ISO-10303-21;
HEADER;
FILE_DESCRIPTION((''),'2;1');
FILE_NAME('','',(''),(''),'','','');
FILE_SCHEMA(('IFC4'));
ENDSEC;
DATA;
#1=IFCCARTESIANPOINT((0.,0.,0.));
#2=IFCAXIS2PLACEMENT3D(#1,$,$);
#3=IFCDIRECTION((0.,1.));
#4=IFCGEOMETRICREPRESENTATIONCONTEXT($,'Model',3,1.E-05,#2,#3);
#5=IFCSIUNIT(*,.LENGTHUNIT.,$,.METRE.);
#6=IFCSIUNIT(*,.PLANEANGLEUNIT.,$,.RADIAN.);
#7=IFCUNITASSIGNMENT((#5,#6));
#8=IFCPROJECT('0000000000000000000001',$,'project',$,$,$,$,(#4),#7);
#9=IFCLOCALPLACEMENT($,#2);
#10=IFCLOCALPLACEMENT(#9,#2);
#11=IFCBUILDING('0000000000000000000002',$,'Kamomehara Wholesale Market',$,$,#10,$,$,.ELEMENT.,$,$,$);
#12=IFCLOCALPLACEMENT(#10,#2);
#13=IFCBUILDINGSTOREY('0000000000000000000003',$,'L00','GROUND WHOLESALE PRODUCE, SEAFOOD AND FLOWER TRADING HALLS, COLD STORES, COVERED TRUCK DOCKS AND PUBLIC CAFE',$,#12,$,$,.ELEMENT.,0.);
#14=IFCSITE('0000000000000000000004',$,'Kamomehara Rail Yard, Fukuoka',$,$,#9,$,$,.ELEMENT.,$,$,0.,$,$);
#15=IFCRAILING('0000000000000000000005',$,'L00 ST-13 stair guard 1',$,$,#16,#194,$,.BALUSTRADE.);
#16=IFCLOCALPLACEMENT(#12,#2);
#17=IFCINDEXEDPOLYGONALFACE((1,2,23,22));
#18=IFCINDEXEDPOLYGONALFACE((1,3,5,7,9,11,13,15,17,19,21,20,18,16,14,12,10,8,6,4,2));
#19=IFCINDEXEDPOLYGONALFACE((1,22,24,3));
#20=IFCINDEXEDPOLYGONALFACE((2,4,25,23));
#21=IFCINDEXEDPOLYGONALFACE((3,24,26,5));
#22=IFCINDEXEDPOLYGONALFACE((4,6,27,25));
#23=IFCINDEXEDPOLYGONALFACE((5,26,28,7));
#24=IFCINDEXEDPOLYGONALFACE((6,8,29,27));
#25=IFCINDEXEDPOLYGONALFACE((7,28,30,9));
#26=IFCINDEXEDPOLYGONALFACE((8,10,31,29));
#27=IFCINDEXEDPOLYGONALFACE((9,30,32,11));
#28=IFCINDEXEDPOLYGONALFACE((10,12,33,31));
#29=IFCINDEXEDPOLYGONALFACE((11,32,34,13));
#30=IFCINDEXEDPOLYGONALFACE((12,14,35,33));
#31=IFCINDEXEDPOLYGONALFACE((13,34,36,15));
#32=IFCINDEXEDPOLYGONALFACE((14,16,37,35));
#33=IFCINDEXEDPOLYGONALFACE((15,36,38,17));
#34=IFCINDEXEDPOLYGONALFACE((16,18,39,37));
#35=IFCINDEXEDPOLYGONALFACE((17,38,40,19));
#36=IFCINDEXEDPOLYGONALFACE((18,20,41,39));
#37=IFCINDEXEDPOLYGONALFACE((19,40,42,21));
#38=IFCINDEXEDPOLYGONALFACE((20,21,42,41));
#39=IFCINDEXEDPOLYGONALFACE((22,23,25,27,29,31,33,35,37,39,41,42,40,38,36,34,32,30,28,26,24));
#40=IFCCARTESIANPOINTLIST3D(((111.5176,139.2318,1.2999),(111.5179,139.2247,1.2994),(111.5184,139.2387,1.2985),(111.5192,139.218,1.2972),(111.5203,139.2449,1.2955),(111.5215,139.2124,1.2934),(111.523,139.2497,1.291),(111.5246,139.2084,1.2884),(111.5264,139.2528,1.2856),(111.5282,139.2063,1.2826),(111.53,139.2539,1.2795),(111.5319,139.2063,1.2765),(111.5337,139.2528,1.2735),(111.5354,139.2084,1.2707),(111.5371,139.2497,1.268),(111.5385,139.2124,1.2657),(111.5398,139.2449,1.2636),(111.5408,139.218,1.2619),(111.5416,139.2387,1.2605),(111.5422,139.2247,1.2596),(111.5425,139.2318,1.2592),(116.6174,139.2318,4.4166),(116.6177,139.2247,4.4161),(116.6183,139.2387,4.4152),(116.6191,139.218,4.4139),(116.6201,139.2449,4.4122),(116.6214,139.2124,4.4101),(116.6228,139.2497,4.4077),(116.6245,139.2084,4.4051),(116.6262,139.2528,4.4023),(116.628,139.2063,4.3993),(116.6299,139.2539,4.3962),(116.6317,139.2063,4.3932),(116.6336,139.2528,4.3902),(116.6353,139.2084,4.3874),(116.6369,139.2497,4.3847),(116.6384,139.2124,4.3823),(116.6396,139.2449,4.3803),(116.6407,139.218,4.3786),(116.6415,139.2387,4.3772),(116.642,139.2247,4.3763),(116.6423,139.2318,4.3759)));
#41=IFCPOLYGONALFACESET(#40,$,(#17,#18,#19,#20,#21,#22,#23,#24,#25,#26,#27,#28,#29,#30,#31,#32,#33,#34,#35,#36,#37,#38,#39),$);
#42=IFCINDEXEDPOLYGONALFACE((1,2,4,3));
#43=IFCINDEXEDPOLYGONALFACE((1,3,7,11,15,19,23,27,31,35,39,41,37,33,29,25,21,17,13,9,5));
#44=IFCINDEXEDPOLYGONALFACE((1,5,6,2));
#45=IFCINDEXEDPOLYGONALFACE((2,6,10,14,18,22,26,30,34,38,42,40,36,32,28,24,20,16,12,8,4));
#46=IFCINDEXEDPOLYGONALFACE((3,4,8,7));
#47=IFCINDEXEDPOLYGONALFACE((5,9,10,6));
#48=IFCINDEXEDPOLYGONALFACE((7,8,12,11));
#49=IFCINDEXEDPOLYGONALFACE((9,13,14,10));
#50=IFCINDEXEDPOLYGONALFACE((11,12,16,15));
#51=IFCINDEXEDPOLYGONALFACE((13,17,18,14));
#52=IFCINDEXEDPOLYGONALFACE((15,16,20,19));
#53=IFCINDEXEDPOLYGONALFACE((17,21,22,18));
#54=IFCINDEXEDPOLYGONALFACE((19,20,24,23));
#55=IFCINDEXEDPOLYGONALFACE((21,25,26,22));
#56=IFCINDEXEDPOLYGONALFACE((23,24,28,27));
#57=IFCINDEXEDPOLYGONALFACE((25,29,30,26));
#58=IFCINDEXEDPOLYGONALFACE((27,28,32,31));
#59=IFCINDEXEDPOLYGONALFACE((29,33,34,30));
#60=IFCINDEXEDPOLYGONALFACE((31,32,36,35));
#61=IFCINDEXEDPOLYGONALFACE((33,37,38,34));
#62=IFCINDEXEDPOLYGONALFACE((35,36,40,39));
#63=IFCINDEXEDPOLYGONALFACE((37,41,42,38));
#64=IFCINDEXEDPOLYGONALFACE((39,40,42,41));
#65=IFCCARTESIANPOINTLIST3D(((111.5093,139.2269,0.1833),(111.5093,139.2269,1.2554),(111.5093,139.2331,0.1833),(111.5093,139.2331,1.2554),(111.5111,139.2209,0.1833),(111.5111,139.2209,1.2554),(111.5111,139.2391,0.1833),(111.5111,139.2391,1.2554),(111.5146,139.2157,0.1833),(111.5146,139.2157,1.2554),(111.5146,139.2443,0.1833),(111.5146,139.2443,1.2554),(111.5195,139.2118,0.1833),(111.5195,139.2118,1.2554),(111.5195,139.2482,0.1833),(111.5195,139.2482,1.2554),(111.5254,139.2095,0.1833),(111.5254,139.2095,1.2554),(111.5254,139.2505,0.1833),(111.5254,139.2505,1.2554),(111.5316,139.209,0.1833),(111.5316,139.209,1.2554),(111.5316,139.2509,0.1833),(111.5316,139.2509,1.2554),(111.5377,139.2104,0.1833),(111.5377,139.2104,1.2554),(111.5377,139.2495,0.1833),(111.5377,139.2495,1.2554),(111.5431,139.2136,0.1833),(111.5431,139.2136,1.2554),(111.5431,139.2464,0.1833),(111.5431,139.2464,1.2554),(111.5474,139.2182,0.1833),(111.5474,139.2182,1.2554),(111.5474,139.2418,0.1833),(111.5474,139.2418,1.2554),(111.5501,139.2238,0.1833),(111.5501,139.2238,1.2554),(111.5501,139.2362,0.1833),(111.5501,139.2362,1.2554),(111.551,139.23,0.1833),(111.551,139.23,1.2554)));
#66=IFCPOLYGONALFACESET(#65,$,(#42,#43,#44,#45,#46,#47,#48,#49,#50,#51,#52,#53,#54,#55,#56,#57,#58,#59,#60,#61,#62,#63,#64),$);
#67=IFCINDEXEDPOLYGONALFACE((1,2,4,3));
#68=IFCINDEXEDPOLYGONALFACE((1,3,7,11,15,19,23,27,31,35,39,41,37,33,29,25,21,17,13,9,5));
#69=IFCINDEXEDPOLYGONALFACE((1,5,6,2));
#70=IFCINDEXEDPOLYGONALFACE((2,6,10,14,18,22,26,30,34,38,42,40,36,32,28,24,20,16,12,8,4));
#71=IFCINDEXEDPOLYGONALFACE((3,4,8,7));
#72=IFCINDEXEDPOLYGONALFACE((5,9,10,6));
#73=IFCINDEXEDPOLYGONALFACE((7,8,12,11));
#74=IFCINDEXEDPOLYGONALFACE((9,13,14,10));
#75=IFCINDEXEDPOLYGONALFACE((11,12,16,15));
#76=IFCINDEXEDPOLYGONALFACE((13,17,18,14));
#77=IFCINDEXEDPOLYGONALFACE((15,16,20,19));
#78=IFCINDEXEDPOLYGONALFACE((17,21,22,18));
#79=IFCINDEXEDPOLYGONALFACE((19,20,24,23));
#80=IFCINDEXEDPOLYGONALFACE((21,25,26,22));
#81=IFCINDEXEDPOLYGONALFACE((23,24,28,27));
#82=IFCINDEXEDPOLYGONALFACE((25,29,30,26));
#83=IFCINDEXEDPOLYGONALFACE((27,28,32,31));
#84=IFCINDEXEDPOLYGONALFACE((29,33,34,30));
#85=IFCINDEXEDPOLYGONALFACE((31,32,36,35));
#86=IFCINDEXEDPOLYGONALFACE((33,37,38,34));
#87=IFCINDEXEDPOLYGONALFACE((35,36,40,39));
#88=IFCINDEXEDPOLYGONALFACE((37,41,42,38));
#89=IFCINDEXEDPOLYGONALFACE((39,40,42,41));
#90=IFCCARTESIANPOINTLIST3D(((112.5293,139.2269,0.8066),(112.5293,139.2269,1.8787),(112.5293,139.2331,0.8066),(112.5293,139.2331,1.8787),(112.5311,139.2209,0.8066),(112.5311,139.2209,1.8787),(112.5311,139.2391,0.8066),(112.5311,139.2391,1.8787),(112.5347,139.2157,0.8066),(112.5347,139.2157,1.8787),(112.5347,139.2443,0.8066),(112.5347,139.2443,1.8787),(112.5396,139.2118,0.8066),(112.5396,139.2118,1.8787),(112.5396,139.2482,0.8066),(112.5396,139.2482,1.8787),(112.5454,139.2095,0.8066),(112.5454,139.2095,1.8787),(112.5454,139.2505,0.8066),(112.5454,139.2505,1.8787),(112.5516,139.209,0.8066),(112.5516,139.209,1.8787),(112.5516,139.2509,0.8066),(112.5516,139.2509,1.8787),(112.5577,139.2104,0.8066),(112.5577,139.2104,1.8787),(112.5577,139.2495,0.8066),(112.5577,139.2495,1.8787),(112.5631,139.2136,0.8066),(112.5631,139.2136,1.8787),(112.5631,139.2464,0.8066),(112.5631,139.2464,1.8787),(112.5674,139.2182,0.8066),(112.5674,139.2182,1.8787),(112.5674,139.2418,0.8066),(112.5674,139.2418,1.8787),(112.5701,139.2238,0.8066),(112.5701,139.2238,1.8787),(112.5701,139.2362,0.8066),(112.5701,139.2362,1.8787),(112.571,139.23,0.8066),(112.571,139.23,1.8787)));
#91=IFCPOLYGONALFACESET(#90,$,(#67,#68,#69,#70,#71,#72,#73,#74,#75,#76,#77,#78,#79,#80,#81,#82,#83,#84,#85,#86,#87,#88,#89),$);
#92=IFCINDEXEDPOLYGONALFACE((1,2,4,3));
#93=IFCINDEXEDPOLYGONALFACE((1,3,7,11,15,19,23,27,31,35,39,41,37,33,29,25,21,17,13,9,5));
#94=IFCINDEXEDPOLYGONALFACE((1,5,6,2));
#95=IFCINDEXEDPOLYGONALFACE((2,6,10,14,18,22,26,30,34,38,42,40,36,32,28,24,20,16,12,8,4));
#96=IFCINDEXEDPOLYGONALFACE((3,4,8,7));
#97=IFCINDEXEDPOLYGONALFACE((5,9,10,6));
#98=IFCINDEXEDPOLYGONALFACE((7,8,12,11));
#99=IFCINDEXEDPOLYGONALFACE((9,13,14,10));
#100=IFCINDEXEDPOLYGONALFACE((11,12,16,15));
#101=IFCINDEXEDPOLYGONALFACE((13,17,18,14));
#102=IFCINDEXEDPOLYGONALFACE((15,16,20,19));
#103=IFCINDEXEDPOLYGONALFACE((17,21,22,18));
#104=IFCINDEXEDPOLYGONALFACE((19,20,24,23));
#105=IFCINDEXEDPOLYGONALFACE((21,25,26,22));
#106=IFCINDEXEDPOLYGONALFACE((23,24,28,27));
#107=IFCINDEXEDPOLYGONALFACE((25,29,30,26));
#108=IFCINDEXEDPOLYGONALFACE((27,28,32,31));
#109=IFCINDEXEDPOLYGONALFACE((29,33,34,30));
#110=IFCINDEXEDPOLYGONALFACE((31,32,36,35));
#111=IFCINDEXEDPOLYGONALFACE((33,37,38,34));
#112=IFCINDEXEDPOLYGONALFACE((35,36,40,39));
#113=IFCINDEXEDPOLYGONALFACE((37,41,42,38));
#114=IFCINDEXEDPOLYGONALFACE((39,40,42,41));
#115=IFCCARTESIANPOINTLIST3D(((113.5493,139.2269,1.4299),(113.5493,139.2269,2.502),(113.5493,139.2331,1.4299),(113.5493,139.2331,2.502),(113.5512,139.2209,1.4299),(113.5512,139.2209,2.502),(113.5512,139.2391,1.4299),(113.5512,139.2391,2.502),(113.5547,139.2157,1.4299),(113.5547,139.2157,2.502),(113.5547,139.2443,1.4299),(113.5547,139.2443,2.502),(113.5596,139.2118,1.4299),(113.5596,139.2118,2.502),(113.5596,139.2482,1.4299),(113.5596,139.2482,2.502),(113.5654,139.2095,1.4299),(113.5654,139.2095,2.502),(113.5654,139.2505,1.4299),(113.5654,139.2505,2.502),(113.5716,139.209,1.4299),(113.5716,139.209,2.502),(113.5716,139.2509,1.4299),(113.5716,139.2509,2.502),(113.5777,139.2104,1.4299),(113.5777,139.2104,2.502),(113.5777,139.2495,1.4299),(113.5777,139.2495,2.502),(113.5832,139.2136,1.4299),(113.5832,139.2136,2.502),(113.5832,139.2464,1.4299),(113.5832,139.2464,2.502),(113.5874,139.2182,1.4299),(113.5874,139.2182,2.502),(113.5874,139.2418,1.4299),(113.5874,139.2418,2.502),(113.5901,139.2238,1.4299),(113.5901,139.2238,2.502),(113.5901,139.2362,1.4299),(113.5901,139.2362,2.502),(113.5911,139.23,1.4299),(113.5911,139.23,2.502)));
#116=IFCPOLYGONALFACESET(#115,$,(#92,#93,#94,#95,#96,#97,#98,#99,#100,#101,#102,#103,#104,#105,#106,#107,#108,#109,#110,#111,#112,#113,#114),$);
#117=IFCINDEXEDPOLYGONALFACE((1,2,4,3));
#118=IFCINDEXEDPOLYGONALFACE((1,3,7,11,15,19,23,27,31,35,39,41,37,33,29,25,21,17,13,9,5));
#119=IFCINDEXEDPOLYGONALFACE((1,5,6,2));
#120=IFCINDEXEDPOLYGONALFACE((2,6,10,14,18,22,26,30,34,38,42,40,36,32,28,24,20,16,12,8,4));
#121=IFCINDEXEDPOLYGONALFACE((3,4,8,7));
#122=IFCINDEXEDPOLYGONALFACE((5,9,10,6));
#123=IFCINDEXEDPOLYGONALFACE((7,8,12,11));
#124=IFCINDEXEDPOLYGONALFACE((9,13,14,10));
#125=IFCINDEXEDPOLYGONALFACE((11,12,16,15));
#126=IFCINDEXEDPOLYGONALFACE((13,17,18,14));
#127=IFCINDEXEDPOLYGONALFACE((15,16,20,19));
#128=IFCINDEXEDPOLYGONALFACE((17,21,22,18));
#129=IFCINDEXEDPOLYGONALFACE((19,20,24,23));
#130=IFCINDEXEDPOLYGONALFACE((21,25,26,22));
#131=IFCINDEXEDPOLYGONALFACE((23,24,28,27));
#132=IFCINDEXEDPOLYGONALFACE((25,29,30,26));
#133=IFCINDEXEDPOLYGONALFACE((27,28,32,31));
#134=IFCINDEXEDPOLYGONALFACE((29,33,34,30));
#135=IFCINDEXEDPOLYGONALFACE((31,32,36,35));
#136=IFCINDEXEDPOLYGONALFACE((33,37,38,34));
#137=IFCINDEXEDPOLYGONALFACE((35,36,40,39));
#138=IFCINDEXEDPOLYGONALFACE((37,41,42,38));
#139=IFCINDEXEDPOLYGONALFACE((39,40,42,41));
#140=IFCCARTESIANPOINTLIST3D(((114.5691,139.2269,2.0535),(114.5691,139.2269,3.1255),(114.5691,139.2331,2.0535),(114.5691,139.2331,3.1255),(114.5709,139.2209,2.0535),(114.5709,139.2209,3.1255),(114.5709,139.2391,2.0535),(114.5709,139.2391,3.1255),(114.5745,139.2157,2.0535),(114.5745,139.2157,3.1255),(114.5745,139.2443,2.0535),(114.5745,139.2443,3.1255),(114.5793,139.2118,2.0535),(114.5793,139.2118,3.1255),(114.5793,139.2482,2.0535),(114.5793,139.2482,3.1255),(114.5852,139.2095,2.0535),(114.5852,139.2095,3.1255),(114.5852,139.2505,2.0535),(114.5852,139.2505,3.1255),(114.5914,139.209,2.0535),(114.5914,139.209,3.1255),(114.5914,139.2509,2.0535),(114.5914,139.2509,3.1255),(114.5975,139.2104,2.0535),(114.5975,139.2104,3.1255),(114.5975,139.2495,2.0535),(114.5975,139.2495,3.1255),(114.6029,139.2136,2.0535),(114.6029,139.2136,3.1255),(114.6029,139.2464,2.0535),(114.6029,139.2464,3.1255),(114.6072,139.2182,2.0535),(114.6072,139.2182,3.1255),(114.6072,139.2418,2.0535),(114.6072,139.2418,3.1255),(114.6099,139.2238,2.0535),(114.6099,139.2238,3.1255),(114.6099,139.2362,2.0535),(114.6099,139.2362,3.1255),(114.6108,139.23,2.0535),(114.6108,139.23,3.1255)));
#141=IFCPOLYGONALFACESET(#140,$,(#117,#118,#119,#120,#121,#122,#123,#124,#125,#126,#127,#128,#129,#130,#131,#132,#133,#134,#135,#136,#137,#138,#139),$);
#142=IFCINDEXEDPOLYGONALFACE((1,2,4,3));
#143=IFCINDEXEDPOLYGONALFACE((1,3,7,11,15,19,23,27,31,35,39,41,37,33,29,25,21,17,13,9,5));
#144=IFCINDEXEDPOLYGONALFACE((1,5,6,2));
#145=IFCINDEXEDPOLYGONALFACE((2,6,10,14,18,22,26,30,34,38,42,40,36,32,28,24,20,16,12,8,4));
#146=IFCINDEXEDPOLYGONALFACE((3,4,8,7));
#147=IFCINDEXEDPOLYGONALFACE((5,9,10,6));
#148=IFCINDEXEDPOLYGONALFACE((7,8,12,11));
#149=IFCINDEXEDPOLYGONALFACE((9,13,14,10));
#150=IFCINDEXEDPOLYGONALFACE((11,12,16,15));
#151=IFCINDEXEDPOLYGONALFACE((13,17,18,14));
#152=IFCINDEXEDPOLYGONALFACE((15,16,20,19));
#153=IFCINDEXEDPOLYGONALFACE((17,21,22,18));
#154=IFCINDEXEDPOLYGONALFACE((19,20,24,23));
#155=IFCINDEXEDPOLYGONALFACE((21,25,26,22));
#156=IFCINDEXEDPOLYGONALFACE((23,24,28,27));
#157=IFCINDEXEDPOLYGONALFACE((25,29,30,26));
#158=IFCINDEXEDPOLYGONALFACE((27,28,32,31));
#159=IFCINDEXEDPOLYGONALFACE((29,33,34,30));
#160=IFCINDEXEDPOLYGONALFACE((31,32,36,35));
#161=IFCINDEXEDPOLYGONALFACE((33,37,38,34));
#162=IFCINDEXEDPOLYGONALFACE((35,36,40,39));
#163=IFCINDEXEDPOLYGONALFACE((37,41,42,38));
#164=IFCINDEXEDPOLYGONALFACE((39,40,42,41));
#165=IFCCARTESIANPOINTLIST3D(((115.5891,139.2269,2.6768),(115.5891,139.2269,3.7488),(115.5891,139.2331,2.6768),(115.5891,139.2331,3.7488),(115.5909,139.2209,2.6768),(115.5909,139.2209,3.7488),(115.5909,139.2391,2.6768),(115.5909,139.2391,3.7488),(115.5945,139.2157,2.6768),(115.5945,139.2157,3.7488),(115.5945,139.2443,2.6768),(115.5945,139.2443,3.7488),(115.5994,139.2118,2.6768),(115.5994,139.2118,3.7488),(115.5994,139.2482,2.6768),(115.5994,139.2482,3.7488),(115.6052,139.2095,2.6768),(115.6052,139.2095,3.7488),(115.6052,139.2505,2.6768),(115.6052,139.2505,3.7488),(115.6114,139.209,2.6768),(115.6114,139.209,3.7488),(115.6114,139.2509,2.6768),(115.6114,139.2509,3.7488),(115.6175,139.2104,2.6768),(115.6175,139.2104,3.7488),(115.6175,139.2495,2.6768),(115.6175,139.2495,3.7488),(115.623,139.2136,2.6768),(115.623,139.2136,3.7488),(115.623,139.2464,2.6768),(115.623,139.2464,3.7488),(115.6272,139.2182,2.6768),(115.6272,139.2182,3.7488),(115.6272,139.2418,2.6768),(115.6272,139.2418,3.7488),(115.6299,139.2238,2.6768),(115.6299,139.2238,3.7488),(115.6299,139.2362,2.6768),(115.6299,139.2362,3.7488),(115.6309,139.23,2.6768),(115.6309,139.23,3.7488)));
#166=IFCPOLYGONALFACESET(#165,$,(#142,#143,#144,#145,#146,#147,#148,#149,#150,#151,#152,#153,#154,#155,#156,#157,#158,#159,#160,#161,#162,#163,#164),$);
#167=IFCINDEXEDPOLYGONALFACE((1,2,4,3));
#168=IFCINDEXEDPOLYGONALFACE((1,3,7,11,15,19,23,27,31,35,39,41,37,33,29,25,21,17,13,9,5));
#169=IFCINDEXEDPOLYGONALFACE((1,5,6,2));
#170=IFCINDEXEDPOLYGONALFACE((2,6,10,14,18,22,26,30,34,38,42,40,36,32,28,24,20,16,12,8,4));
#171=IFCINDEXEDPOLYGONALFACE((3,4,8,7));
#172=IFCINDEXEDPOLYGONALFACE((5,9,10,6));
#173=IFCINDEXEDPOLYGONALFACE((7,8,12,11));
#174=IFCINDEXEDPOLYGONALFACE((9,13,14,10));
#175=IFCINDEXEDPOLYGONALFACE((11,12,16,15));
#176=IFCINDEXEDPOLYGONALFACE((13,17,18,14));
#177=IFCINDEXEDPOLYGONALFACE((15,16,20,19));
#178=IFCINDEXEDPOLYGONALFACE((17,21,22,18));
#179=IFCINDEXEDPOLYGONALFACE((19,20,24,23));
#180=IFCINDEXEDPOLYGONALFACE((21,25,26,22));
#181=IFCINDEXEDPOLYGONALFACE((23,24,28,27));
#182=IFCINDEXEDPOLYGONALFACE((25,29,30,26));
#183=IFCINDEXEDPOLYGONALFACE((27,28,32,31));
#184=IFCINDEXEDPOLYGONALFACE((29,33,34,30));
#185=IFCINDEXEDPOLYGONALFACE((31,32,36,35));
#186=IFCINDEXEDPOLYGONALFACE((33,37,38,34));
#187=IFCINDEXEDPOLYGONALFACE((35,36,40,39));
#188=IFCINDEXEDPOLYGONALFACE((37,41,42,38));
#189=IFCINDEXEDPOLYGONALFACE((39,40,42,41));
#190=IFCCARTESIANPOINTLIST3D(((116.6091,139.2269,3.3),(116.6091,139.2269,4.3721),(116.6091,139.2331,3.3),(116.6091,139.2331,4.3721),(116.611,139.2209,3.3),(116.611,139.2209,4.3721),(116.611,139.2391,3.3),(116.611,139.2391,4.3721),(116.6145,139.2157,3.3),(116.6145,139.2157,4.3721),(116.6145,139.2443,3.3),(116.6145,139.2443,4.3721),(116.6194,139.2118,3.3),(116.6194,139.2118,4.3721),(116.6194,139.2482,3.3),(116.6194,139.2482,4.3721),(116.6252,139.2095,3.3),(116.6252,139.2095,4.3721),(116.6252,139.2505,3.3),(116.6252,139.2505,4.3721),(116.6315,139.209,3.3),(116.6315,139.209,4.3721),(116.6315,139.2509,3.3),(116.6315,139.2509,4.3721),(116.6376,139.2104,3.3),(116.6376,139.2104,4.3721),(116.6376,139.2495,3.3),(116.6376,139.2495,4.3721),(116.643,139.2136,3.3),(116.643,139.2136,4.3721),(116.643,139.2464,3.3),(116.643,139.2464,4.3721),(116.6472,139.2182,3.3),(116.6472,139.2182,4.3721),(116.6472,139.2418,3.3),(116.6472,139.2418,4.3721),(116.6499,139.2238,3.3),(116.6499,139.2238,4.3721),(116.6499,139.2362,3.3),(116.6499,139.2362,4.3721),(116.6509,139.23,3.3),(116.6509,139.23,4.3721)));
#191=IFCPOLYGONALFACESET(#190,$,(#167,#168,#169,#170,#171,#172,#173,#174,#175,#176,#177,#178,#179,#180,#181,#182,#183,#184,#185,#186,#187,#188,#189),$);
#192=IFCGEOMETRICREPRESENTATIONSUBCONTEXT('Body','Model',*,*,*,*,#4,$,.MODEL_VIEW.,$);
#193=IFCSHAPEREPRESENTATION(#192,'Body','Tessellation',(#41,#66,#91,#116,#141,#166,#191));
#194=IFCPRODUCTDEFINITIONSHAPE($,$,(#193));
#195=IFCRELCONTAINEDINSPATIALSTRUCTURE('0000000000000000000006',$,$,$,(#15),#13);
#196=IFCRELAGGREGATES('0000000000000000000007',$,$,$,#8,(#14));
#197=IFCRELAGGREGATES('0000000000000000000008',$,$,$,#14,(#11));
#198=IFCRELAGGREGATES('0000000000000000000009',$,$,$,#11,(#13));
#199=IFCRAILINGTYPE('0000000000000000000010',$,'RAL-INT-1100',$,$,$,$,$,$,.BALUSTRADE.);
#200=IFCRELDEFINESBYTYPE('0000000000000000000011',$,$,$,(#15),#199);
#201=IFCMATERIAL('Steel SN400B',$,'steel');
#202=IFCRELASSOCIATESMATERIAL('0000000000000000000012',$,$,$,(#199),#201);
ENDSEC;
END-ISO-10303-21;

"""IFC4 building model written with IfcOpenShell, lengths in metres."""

from ifc_helpers import new_model, si_unit, direction, frame, origin, origin_2d, place, context, subcontext, project, spatial, circle, extrude, material, type_object, element, save


model = new_model("IFC4")

# Units and contexts
model_context = context("Model", 3, precision=1e-05, world=origin(), true_north=direction((0.0, 1.0)))
body_context = subcontext(model_context, "Body", "Model", "MODEL_VIEW")
ifc_project = project(units=[si_unit("LENGTHUNIT", "METRE"), si_unit("PLANEANGLEUNIT", "RADIAN")], contexts=[model_context])

# Site, building, storey
site_placement = place(None, origin())
site = spatial("IfcSite", under=ifc_project, at=site_placement, Name="Kamomehara Rail Yard, Fukuoka", CompositionType="ELEMENT", RefElevation=0.0)
building_placement = place(site_placement, origin())
building = spatial("IfcBuilding", under=site, at=building_placement, Name="Kamomehara Wholesale Market", CompositionType="ELEMENT")
storey_placement = place(building_placement, origin())
storey = spatial("IfcBuildingStorey", under=building, at=storey_placement, Name="L00", Description="GROUND WHOLESALE PRODUCE, SEAFOOD AND FLOWER TRADING HALLS, COLD STORES, COVERED TRUCK DOCKS AND PUBLIC CAFE", CompositionType="ELEMENT", Elevation=0.0)

# Railing
ifc_material_1 = material(Name="Steel SN400B", Category="steel")
railing_type_1 = type_object("IfcRailingType", Name="RAL-INT-1100", PredefinedType="BALUSTRADE", material=ifc_material_1)
railing_1_placement = place(storey_placement, frame((111.53, 139.23, 0.1833)))
element("IfcRailing", 1, at=railing_1_placement, inside=storey, type_object=railing_type_1, Name="L00 ST-13 stair guard 1", PredefinedType="BALUSTRADE", context=body_context, shape_type="SweptSolid", body=[
    extrude(circle(Radius=0.0239, at=origin_2d()), frame((0.0, 0.0, 1.0962), z_axis=(0.853273, 0.0, 0.521465), x_axis=(0.0, 1.0, 0.0)), (0.0, 0.0, 1.0), 5.9768),
    extrude(circle(Radius=0.021, at=origin_2d()), origin(), (0.0, 0.0, 1.0), 1.072),
    extrude(circle(Radius=0.021, at=origin_2d()), frame((1.02, 0.0, 0.6233)), (0.0, 0.0, 1.0), 1.072),
    extrude(circle(Radius=0.021, at=origin_2d()), frame((2.04, 0.0, 1.2466)), (0.0, 0.0, 1.0), 1.072),
    extrude(circle(Radius=0.021, at=origin_2d()), frame((3.0598, 0.0, 1.8701)), (0.0, 0.0, 1.0), 1.072),
    extrude(circle(Radius=0.021, at=origin_2d()), frame((4.0798, 0.0, 2.4934)), (0.0, 0.0, 1.0), 1.072),
    extrude(circle(Radius=0.021, at=origin_2d()), frame((5.0999, 0.0, 3.1167)), (0.0, 0.0, 1.0), 1.072),
])

save(model, "model.ifc")
